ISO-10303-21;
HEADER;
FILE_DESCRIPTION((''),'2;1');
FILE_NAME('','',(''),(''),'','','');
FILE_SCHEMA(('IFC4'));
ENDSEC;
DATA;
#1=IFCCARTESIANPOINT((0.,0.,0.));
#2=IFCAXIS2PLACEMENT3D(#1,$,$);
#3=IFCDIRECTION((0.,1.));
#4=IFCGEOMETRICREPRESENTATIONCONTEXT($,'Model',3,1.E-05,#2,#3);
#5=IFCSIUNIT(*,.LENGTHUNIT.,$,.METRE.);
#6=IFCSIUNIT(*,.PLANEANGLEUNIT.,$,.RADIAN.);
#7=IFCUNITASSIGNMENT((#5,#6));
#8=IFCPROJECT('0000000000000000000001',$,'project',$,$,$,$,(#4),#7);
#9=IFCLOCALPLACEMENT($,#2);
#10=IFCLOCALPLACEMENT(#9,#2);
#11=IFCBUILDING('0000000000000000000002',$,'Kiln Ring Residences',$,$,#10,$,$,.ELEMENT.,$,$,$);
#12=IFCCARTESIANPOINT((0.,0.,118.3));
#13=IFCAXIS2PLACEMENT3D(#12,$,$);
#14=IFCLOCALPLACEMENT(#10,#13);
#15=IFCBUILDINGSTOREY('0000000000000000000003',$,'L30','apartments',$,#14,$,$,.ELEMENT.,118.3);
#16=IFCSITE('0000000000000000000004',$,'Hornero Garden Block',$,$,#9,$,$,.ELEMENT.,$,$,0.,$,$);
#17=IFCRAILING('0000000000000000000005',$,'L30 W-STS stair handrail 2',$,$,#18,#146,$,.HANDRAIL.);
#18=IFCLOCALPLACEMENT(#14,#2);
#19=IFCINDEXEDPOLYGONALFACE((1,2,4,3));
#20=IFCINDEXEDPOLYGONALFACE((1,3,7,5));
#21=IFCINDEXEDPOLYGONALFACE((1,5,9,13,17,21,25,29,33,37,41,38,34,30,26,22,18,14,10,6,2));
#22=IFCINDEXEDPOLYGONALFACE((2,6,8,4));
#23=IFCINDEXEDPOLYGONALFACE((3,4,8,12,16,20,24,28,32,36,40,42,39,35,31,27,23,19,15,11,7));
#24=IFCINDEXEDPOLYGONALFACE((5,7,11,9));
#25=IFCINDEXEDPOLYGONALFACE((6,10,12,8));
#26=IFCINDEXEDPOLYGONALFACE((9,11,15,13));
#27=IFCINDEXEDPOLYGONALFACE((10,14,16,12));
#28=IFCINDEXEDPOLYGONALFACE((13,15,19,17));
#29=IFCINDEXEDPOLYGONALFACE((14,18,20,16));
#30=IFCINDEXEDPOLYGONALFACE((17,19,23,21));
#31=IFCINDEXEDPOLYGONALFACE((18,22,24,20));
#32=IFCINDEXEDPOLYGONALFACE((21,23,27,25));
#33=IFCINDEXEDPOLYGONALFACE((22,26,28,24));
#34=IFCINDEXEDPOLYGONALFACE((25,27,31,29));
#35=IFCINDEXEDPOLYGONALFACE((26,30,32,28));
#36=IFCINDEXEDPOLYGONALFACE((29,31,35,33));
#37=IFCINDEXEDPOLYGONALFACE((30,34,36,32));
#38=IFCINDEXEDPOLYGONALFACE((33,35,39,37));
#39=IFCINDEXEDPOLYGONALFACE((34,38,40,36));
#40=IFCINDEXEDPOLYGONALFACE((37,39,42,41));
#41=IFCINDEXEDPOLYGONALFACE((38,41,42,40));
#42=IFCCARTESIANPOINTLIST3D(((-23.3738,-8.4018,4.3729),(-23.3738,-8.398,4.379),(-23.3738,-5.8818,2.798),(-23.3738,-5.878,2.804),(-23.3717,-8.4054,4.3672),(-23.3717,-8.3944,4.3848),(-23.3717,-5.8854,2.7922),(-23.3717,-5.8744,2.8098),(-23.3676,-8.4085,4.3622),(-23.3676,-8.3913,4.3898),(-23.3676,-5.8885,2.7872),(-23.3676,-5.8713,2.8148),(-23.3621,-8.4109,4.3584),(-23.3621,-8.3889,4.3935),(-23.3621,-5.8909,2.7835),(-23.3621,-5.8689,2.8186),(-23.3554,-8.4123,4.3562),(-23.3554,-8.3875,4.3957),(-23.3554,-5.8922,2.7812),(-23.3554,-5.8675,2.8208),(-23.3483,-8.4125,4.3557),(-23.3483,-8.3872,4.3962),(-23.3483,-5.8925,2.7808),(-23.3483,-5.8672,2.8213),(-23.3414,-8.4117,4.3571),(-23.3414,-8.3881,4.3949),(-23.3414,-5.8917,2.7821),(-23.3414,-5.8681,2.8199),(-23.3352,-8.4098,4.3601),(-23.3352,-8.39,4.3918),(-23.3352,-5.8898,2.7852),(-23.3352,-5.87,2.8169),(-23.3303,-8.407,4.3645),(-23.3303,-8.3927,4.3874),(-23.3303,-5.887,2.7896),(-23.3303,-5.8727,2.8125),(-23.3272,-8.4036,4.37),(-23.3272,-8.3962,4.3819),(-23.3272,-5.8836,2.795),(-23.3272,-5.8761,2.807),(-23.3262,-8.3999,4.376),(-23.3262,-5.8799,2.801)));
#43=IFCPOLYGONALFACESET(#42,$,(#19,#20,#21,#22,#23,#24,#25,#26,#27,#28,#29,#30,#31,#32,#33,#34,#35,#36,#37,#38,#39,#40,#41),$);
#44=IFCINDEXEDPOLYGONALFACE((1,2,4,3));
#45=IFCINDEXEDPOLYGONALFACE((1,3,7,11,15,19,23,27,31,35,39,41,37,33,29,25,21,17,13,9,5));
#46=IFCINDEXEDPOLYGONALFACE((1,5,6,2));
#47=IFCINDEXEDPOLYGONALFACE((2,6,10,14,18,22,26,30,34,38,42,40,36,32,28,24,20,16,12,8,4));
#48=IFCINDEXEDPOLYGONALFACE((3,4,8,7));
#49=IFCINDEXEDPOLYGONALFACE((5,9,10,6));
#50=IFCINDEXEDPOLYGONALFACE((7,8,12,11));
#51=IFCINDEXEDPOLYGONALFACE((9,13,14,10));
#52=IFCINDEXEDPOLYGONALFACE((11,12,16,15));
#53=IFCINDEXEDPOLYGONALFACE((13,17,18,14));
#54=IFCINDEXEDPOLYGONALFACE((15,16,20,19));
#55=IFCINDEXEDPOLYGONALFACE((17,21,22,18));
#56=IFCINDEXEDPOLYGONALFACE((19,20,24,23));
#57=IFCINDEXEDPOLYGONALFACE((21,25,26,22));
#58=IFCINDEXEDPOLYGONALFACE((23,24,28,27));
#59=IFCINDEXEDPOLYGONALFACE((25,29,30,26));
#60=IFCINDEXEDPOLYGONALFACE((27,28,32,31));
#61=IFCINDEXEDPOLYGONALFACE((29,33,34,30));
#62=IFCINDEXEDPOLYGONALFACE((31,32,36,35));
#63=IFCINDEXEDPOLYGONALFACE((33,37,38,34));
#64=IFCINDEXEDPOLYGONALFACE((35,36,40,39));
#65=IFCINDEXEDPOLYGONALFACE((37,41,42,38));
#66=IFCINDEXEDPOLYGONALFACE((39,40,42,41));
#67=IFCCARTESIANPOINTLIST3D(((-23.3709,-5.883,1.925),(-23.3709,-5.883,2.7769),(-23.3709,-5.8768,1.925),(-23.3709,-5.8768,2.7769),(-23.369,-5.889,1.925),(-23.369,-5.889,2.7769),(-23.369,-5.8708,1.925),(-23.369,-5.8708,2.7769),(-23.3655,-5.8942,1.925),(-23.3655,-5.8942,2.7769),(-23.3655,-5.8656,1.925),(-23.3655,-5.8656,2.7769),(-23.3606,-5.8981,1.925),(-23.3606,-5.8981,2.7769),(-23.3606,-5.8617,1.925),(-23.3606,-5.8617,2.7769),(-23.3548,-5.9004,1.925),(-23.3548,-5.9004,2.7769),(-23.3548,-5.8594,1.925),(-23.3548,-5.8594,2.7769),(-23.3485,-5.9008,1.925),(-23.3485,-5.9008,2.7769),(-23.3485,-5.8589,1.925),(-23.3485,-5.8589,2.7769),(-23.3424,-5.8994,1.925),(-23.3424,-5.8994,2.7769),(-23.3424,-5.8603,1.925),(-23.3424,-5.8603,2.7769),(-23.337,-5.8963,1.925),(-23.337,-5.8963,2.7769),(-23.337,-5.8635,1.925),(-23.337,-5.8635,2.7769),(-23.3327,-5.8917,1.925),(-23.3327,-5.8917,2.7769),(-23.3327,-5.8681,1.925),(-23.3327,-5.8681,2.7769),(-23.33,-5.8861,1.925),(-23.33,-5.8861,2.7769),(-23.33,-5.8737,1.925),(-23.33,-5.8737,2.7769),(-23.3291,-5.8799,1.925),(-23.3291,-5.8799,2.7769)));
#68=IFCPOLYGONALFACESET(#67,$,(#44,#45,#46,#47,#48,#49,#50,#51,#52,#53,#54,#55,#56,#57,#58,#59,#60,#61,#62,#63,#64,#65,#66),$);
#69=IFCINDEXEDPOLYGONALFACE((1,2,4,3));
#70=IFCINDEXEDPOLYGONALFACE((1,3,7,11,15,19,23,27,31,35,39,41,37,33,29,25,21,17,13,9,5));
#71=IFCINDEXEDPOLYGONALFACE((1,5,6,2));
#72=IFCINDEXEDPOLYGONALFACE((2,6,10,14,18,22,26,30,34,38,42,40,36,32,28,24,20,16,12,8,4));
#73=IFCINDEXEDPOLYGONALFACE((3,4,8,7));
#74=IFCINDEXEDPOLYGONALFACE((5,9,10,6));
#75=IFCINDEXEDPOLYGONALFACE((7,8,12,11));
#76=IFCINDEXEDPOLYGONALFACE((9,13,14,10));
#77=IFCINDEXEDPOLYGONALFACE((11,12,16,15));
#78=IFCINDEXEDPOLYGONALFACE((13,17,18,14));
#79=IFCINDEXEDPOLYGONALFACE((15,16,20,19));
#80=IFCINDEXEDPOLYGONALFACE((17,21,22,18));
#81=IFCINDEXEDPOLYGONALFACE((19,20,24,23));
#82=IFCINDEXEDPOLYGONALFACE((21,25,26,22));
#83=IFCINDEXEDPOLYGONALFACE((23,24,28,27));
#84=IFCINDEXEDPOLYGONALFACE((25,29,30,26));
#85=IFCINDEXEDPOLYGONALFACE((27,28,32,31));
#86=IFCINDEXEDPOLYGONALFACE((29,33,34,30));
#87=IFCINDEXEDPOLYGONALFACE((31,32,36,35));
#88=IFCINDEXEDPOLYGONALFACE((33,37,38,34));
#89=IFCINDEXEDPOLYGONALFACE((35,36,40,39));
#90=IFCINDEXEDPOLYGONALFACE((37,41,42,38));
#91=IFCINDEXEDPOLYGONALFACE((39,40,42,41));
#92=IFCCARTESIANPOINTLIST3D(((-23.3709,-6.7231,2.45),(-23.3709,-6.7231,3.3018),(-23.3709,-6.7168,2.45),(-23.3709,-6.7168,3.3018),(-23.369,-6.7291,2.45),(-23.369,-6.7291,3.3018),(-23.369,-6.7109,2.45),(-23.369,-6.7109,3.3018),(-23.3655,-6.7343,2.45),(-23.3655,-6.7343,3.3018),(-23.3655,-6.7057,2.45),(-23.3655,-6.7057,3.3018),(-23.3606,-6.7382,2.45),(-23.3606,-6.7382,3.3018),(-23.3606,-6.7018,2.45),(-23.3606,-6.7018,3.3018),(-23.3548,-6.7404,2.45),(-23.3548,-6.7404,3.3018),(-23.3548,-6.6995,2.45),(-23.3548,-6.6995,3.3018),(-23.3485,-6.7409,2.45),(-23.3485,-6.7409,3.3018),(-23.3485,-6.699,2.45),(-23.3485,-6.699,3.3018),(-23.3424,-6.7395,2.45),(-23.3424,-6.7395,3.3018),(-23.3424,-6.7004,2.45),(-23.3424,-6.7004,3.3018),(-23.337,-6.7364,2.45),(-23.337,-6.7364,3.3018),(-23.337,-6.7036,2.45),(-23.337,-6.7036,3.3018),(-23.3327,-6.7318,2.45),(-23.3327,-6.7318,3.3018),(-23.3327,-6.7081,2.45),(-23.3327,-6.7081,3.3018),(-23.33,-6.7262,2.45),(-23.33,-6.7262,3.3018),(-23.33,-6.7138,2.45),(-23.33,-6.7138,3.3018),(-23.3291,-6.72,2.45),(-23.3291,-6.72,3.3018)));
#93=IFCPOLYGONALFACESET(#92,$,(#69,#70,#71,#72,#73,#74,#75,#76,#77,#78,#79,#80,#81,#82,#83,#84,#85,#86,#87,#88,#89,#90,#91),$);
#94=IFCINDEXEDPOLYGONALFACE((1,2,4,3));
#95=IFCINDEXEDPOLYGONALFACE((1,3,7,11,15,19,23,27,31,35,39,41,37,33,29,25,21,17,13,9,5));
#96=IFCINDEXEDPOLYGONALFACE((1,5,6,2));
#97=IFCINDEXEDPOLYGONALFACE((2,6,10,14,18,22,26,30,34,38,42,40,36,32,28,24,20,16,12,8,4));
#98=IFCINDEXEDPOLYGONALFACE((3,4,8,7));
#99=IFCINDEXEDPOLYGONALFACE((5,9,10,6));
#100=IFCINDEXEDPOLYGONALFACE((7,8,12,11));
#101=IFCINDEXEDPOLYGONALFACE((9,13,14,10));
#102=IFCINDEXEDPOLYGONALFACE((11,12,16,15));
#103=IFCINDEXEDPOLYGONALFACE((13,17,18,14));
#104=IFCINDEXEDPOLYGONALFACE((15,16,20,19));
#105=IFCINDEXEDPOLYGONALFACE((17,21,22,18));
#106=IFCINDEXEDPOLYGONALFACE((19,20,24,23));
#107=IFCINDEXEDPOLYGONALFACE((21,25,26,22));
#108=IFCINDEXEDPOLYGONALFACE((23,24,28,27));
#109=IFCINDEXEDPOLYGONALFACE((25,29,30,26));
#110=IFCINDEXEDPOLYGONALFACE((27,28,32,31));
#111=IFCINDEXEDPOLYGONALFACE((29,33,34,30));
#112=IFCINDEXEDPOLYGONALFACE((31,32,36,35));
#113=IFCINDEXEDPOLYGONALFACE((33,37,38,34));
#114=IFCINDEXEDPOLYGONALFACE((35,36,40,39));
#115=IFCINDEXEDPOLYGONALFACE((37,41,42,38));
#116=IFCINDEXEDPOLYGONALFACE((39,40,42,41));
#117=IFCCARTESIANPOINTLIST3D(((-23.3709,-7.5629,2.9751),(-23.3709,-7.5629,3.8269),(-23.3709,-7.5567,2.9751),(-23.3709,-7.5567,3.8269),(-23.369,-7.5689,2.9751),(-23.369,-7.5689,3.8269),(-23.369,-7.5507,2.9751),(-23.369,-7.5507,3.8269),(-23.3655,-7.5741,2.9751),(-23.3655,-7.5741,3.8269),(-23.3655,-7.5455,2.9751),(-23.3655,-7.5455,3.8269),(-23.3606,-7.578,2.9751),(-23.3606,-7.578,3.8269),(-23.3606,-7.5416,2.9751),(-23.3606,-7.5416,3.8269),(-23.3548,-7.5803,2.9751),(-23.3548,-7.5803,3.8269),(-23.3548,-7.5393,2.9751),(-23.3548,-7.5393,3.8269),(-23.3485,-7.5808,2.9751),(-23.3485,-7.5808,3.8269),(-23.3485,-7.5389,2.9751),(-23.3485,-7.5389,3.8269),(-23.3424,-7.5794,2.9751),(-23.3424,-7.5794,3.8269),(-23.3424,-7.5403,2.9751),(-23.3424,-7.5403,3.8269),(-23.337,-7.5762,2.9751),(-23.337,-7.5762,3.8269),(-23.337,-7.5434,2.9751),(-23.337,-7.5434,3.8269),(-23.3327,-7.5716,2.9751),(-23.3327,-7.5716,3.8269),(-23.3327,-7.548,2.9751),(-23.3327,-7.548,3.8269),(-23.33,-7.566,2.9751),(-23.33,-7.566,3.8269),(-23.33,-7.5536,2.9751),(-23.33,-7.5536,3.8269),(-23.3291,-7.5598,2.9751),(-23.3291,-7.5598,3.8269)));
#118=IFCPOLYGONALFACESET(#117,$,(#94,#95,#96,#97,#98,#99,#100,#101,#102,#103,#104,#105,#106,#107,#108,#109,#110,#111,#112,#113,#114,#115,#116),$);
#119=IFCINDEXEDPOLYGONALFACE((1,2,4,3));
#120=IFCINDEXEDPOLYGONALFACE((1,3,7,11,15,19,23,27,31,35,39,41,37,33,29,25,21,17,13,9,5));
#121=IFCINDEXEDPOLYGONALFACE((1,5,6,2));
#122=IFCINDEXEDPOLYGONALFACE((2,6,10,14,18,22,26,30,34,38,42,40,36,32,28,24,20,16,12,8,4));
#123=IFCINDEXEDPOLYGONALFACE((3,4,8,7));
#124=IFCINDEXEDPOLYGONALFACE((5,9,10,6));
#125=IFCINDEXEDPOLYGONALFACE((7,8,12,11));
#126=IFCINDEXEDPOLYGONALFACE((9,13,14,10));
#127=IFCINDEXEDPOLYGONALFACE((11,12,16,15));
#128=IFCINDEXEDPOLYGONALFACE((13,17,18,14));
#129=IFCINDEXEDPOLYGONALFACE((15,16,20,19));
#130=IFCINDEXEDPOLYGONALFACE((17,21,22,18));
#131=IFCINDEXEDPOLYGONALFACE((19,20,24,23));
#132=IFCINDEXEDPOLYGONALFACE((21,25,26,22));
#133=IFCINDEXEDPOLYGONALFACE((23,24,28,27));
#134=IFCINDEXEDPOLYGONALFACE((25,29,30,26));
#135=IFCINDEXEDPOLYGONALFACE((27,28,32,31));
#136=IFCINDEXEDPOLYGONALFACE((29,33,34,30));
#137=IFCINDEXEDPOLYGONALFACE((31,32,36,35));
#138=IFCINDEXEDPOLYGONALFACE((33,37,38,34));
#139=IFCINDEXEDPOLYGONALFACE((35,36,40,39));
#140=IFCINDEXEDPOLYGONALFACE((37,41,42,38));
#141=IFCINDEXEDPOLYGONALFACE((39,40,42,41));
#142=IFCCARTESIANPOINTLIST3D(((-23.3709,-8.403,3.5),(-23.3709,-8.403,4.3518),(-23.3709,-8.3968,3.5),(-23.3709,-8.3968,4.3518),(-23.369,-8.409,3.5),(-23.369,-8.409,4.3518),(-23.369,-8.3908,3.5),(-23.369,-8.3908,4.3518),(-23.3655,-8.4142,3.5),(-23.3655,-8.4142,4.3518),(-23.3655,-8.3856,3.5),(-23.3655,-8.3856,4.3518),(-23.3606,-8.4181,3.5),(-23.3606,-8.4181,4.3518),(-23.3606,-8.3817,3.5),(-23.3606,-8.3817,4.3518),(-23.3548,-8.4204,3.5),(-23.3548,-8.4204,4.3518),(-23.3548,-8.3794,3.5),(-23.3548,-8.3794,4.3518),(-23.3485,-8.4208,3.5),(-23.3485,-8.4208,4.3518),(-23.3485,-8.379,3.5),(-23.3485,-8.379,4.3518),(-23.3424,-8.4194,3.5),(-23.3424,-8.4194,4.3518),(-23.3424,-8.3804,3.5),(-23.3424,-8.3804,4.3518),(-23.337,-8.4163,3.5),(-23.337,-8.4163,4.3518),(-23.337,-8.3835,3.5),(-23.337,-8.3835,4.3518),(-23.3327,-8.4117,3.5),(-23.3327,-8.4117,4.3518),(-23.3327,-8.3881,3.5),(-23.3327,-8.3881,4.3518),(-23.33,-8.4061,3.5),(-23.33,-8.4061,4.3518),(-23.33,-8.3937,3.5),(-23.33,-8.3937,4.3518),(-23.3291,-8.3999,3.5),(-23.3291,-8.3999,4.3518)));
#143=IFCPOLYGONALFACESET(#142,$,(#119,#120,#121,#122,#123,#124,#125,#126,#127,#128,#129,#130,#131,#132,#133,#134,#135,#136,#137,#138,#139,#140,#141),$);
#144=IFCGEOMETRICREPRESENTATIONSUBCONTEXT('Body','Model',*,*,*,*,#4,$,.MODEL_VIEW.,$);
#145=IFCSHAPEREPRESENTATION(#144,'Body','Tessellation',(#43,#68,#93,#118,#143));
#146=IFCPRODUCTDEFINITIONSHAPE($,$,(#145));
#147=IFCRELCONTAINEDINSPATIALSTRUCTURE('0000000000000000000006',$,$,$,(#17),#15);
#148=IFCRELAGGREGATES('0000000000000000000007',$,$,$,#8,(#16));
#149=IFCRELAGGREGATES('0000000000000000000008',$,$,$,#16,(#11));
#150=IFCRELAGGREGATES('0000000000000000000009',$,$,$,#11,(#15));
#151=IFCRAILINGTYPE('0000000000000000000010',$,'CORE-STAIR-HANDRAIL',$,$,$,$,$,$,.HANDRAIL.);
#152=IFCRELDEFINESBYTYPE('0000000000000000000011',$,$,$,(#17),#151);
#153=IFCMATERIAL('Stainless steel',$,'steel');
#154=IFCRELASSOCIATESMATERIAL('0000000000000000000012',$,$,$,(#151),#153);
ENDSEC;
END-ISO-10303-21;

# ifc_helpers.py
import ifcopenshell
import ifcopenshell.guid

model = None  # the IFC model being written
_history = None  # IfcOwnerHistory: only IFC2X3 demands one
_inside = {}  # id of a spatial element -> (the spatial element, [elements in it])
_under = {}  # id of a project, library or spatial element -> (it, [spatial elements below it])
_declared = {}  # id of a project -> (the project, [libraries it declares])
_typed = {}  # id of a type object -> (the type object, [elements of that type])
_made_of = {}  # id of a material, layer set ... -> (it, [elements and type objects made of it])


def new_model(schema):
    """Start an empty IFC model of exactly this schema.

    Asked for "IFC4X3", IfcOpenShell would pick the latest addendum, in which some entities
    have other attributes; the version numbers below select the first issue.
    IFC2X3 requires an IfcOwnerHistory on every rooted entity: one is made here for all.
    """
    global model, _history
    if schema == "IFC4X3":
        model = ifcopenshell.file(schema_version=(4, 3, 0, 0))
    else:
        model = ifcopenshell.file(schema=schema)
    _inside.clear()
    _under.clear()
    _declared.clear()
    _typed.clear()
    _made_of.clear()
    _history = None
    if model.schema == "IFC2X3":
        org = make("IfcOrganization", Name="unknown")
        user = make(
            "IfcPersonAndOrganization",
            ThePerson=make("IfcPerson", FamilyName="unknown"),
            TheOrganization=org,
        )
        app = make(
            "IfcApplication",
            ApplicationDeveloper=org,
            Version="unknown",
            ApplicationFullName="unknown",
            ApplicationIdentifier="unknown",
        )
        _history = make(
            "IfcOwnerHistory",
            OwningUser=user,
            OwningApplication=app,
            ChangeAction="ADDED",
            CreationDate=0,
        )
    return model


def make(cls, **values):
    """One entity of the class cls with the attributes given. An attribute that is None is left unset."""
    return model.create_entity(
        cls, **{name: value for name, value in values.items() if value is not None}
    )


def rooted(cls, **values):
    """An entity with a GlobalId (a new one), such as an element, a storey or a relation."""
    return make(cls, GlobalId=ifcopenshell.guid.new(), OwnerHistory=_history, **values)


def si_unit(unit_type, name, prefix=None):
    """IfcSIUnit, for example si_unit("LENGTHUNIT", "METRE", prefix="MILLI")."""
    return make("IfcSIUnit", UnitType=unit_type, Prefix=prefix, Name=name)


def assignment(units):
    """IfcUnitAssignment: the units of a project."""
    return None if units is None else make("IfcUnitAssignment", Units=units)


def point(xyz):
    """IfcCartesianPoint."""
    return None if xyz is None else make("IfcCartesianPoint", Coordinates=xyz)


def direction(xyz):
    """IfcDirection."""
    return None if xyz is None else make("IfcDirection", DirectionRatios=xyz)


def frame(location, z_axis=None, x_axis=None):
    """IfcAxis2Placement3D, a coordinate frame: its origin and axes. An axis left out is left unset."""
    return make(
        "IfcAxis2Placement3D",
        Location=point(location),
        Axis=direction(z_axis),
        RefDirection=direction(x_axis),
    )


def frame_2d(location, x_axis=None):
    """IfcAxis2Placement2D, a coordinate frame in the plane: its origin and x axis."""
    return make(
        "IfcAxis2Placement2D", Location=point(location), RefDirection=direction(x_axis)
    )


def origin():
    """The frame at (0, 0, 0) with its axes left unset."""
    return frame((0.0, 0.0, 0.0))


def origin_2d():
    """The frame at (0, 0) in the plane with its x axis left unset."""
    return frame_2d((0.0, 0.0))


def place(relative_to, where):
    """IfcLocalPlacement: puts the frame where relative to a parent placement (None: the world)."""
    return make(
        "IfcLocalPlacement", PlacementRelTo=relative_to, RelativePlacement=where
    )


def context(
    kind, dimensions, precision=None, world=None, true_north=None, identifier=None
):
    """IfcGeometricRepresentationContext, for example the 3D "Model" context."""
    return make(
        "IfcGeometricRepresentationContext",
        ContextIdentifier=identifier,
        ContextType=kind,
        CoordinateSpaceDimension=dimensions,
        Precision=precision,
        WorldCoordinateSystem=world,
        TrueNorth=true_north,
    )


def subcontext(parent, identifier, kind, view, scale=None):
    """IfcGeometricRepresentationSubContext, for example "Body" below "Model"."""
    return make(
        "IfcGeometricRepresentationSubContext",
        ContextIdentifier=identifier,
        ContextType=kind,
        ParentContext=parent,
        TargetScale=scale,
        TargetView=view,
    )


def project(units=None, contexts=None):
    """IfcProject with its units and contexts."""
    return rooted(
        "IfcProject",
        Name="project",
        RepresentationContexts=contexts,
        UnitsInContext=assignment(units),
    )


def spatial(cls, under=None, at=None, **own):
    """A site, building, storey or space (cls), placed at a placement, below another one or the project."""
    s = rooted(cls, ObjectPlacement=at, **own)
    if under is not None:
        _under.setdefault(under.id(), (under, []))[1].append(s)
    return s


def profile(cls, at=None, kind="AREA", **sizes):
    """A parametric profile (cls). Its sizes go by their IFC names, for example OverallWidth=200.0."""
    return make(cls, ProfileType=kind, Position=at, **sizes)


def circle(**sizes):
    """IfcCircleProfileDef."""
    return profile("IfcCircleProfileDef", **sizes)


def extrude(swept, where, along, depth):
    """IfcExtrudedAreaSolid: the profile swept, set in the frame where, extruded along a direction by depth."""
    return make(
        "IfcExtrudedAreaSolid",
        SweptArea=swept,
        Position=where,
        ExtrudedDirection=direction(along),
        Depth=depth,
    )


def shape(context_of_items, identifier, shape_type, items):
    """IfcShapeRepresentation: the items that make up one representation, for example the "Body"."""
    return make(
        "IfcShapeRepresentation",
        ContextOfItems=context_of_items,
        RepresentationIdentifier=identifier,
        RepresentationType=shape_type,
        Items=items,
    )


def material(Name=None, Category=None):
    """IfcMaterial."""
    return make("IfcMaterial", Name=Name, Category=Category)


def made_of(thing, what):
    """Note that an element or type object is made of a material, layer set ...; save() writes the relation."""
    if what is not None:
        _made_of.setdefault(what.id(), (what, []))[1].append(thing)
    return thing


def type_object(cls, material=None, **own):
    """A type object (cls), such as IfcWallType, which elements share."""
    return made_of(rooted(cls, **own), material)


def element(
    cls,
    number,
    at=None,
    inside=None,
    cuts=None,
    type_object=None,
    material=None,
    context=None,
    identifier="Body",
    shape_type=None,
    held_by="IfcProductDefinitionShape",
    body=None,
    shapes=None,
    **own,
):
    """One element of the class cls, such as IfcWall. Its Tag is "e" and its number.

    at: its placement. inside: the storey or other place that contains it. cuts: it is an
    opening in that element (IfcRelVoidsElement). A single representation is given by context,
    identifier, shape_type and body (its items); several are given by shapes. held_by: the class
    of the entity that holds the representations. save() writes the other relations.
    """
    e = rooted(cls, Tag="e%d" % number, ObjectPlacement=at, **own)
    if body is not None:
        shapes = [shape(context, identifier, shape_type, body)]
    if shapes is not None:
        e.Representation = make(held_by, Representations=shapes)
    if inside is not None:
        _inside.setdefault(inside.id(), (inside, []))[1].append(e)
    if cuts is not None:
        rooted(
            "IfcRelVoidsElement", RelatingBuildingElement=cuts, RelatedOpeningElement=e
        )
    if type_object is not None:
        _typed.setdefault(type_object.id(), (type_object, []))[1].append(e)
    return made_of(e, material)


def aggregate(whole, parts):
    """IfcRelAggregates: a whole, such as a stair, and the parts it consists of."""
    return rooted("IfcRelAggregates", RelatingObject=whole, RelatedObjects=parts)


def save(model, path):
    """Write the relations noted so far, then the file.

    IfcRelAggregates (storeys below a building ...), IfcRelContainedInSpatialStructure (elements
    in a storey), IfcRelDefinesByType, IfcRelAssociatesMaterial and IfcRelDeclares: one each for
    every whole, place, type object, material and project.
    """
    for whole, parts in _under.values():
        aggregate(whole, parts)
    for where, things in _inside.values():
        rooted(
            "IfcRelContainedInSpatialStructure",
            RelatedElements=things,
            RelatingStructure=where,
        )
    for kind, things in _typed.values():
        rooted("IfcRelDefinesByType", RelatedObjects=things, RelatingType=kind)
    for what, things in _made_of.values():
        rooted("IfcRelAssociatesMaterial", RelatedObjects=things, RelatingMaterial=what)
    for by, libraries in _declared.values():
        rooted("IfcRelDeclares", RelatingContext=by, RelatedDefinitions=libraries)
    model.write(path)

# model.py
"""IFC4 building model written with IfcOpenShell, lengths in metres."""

from ifc_helpers import new_model, si_unit, direction, frame, origin, origin_2d, place, context, subcontext, project, spatial, circle, extrude, material, type_object, element, save


model = new_model("IFC4")

# Units and contexts
model_context = context("Model", 3, precision=1e-05, world=origin(), true_north=direction((0.0, 1.0)))
body_context = subcontext(model_context, "Body", "Model", "MODEL_VIEW")
ifc_project = project(units=[si_unit("LENGTHUNIT", "METRE"), si_unit("PLANEANGLEUNIT", "RADIAN")], contexts=[model_context])

# Site, building, storey
site_placement = place(None, origin())
site = spatial("IfcSite", under=ifc_project, at=site_placement, Name="Hornero Garden Block", CompositionType="ELEMENT", RefElevation=0.0)
building_placement = place(site_placement, origin())
building = spatial("IfcBuilding", under=site, at=building_placement, Name="Kiln Ring Residences", CompositionType="ELEMENT")
storey_placement = place(building_placement, frame((0.0, 0.0, 118.3)))
storey = spatial("IfcBuildingStorey", under=building, at=storey_placement, Name="L30", Description="apartments", CompositionType="ELEMENT", Elevation=118.3)

# Railing
ifc_material_1 = material(Name="Stainless steel", Category="steel")
railing_type_1 = type_object("IfcRailingType", Name="CORE-STAIR-HANDRAIL", PredefinedType="HANDRAIL", material=ifc_material_1)
railing_1_placement = place(storey_placement, frame((-23.3501, -5.8799, 1.925)))
element("IfcRailing", 1, at=railing_1_placement, inside=storey, type_object=railing_type_1, Name="L30 W-STS stair handrail 2", PredefinedType="HANDRAIL", context=body_context, shape_type="SweptSolid", body=[
    extrude(circle(Radius=0.0239, at=origin_2d()), frame((0.0, 0.0, 0.876), z_axis=(0.0, -0.848008, 0.529984), x_axis=(1.0, 0.0, 0.0)), (0.0, 0.0, 1.0), 2.9717),
    extrude(circle(Radius=0.021, at=origin_2d()), origin(), (0.0, 0.0, 1.0), 0.8518),
    extrude(circle(Radius=0.021, at=origin_2d()), frame((0.0, -0.8401, 0.5249)), (0.0, 0.0, 1.0), 0.8518),
    extrude(circle(Radius=0.021, at=origin_2d()), frame((0.0, -1.6799, 1.05)), (0.0, 0.0, 1.0), 0.8518),
    extrude(circle(Radius=0.021, at=origin_2d()), frame((0.0, -2.52, 1.575)), (0.0, 0.0, 1.0), 0.8518),
])

save(model, "model.ifc")
